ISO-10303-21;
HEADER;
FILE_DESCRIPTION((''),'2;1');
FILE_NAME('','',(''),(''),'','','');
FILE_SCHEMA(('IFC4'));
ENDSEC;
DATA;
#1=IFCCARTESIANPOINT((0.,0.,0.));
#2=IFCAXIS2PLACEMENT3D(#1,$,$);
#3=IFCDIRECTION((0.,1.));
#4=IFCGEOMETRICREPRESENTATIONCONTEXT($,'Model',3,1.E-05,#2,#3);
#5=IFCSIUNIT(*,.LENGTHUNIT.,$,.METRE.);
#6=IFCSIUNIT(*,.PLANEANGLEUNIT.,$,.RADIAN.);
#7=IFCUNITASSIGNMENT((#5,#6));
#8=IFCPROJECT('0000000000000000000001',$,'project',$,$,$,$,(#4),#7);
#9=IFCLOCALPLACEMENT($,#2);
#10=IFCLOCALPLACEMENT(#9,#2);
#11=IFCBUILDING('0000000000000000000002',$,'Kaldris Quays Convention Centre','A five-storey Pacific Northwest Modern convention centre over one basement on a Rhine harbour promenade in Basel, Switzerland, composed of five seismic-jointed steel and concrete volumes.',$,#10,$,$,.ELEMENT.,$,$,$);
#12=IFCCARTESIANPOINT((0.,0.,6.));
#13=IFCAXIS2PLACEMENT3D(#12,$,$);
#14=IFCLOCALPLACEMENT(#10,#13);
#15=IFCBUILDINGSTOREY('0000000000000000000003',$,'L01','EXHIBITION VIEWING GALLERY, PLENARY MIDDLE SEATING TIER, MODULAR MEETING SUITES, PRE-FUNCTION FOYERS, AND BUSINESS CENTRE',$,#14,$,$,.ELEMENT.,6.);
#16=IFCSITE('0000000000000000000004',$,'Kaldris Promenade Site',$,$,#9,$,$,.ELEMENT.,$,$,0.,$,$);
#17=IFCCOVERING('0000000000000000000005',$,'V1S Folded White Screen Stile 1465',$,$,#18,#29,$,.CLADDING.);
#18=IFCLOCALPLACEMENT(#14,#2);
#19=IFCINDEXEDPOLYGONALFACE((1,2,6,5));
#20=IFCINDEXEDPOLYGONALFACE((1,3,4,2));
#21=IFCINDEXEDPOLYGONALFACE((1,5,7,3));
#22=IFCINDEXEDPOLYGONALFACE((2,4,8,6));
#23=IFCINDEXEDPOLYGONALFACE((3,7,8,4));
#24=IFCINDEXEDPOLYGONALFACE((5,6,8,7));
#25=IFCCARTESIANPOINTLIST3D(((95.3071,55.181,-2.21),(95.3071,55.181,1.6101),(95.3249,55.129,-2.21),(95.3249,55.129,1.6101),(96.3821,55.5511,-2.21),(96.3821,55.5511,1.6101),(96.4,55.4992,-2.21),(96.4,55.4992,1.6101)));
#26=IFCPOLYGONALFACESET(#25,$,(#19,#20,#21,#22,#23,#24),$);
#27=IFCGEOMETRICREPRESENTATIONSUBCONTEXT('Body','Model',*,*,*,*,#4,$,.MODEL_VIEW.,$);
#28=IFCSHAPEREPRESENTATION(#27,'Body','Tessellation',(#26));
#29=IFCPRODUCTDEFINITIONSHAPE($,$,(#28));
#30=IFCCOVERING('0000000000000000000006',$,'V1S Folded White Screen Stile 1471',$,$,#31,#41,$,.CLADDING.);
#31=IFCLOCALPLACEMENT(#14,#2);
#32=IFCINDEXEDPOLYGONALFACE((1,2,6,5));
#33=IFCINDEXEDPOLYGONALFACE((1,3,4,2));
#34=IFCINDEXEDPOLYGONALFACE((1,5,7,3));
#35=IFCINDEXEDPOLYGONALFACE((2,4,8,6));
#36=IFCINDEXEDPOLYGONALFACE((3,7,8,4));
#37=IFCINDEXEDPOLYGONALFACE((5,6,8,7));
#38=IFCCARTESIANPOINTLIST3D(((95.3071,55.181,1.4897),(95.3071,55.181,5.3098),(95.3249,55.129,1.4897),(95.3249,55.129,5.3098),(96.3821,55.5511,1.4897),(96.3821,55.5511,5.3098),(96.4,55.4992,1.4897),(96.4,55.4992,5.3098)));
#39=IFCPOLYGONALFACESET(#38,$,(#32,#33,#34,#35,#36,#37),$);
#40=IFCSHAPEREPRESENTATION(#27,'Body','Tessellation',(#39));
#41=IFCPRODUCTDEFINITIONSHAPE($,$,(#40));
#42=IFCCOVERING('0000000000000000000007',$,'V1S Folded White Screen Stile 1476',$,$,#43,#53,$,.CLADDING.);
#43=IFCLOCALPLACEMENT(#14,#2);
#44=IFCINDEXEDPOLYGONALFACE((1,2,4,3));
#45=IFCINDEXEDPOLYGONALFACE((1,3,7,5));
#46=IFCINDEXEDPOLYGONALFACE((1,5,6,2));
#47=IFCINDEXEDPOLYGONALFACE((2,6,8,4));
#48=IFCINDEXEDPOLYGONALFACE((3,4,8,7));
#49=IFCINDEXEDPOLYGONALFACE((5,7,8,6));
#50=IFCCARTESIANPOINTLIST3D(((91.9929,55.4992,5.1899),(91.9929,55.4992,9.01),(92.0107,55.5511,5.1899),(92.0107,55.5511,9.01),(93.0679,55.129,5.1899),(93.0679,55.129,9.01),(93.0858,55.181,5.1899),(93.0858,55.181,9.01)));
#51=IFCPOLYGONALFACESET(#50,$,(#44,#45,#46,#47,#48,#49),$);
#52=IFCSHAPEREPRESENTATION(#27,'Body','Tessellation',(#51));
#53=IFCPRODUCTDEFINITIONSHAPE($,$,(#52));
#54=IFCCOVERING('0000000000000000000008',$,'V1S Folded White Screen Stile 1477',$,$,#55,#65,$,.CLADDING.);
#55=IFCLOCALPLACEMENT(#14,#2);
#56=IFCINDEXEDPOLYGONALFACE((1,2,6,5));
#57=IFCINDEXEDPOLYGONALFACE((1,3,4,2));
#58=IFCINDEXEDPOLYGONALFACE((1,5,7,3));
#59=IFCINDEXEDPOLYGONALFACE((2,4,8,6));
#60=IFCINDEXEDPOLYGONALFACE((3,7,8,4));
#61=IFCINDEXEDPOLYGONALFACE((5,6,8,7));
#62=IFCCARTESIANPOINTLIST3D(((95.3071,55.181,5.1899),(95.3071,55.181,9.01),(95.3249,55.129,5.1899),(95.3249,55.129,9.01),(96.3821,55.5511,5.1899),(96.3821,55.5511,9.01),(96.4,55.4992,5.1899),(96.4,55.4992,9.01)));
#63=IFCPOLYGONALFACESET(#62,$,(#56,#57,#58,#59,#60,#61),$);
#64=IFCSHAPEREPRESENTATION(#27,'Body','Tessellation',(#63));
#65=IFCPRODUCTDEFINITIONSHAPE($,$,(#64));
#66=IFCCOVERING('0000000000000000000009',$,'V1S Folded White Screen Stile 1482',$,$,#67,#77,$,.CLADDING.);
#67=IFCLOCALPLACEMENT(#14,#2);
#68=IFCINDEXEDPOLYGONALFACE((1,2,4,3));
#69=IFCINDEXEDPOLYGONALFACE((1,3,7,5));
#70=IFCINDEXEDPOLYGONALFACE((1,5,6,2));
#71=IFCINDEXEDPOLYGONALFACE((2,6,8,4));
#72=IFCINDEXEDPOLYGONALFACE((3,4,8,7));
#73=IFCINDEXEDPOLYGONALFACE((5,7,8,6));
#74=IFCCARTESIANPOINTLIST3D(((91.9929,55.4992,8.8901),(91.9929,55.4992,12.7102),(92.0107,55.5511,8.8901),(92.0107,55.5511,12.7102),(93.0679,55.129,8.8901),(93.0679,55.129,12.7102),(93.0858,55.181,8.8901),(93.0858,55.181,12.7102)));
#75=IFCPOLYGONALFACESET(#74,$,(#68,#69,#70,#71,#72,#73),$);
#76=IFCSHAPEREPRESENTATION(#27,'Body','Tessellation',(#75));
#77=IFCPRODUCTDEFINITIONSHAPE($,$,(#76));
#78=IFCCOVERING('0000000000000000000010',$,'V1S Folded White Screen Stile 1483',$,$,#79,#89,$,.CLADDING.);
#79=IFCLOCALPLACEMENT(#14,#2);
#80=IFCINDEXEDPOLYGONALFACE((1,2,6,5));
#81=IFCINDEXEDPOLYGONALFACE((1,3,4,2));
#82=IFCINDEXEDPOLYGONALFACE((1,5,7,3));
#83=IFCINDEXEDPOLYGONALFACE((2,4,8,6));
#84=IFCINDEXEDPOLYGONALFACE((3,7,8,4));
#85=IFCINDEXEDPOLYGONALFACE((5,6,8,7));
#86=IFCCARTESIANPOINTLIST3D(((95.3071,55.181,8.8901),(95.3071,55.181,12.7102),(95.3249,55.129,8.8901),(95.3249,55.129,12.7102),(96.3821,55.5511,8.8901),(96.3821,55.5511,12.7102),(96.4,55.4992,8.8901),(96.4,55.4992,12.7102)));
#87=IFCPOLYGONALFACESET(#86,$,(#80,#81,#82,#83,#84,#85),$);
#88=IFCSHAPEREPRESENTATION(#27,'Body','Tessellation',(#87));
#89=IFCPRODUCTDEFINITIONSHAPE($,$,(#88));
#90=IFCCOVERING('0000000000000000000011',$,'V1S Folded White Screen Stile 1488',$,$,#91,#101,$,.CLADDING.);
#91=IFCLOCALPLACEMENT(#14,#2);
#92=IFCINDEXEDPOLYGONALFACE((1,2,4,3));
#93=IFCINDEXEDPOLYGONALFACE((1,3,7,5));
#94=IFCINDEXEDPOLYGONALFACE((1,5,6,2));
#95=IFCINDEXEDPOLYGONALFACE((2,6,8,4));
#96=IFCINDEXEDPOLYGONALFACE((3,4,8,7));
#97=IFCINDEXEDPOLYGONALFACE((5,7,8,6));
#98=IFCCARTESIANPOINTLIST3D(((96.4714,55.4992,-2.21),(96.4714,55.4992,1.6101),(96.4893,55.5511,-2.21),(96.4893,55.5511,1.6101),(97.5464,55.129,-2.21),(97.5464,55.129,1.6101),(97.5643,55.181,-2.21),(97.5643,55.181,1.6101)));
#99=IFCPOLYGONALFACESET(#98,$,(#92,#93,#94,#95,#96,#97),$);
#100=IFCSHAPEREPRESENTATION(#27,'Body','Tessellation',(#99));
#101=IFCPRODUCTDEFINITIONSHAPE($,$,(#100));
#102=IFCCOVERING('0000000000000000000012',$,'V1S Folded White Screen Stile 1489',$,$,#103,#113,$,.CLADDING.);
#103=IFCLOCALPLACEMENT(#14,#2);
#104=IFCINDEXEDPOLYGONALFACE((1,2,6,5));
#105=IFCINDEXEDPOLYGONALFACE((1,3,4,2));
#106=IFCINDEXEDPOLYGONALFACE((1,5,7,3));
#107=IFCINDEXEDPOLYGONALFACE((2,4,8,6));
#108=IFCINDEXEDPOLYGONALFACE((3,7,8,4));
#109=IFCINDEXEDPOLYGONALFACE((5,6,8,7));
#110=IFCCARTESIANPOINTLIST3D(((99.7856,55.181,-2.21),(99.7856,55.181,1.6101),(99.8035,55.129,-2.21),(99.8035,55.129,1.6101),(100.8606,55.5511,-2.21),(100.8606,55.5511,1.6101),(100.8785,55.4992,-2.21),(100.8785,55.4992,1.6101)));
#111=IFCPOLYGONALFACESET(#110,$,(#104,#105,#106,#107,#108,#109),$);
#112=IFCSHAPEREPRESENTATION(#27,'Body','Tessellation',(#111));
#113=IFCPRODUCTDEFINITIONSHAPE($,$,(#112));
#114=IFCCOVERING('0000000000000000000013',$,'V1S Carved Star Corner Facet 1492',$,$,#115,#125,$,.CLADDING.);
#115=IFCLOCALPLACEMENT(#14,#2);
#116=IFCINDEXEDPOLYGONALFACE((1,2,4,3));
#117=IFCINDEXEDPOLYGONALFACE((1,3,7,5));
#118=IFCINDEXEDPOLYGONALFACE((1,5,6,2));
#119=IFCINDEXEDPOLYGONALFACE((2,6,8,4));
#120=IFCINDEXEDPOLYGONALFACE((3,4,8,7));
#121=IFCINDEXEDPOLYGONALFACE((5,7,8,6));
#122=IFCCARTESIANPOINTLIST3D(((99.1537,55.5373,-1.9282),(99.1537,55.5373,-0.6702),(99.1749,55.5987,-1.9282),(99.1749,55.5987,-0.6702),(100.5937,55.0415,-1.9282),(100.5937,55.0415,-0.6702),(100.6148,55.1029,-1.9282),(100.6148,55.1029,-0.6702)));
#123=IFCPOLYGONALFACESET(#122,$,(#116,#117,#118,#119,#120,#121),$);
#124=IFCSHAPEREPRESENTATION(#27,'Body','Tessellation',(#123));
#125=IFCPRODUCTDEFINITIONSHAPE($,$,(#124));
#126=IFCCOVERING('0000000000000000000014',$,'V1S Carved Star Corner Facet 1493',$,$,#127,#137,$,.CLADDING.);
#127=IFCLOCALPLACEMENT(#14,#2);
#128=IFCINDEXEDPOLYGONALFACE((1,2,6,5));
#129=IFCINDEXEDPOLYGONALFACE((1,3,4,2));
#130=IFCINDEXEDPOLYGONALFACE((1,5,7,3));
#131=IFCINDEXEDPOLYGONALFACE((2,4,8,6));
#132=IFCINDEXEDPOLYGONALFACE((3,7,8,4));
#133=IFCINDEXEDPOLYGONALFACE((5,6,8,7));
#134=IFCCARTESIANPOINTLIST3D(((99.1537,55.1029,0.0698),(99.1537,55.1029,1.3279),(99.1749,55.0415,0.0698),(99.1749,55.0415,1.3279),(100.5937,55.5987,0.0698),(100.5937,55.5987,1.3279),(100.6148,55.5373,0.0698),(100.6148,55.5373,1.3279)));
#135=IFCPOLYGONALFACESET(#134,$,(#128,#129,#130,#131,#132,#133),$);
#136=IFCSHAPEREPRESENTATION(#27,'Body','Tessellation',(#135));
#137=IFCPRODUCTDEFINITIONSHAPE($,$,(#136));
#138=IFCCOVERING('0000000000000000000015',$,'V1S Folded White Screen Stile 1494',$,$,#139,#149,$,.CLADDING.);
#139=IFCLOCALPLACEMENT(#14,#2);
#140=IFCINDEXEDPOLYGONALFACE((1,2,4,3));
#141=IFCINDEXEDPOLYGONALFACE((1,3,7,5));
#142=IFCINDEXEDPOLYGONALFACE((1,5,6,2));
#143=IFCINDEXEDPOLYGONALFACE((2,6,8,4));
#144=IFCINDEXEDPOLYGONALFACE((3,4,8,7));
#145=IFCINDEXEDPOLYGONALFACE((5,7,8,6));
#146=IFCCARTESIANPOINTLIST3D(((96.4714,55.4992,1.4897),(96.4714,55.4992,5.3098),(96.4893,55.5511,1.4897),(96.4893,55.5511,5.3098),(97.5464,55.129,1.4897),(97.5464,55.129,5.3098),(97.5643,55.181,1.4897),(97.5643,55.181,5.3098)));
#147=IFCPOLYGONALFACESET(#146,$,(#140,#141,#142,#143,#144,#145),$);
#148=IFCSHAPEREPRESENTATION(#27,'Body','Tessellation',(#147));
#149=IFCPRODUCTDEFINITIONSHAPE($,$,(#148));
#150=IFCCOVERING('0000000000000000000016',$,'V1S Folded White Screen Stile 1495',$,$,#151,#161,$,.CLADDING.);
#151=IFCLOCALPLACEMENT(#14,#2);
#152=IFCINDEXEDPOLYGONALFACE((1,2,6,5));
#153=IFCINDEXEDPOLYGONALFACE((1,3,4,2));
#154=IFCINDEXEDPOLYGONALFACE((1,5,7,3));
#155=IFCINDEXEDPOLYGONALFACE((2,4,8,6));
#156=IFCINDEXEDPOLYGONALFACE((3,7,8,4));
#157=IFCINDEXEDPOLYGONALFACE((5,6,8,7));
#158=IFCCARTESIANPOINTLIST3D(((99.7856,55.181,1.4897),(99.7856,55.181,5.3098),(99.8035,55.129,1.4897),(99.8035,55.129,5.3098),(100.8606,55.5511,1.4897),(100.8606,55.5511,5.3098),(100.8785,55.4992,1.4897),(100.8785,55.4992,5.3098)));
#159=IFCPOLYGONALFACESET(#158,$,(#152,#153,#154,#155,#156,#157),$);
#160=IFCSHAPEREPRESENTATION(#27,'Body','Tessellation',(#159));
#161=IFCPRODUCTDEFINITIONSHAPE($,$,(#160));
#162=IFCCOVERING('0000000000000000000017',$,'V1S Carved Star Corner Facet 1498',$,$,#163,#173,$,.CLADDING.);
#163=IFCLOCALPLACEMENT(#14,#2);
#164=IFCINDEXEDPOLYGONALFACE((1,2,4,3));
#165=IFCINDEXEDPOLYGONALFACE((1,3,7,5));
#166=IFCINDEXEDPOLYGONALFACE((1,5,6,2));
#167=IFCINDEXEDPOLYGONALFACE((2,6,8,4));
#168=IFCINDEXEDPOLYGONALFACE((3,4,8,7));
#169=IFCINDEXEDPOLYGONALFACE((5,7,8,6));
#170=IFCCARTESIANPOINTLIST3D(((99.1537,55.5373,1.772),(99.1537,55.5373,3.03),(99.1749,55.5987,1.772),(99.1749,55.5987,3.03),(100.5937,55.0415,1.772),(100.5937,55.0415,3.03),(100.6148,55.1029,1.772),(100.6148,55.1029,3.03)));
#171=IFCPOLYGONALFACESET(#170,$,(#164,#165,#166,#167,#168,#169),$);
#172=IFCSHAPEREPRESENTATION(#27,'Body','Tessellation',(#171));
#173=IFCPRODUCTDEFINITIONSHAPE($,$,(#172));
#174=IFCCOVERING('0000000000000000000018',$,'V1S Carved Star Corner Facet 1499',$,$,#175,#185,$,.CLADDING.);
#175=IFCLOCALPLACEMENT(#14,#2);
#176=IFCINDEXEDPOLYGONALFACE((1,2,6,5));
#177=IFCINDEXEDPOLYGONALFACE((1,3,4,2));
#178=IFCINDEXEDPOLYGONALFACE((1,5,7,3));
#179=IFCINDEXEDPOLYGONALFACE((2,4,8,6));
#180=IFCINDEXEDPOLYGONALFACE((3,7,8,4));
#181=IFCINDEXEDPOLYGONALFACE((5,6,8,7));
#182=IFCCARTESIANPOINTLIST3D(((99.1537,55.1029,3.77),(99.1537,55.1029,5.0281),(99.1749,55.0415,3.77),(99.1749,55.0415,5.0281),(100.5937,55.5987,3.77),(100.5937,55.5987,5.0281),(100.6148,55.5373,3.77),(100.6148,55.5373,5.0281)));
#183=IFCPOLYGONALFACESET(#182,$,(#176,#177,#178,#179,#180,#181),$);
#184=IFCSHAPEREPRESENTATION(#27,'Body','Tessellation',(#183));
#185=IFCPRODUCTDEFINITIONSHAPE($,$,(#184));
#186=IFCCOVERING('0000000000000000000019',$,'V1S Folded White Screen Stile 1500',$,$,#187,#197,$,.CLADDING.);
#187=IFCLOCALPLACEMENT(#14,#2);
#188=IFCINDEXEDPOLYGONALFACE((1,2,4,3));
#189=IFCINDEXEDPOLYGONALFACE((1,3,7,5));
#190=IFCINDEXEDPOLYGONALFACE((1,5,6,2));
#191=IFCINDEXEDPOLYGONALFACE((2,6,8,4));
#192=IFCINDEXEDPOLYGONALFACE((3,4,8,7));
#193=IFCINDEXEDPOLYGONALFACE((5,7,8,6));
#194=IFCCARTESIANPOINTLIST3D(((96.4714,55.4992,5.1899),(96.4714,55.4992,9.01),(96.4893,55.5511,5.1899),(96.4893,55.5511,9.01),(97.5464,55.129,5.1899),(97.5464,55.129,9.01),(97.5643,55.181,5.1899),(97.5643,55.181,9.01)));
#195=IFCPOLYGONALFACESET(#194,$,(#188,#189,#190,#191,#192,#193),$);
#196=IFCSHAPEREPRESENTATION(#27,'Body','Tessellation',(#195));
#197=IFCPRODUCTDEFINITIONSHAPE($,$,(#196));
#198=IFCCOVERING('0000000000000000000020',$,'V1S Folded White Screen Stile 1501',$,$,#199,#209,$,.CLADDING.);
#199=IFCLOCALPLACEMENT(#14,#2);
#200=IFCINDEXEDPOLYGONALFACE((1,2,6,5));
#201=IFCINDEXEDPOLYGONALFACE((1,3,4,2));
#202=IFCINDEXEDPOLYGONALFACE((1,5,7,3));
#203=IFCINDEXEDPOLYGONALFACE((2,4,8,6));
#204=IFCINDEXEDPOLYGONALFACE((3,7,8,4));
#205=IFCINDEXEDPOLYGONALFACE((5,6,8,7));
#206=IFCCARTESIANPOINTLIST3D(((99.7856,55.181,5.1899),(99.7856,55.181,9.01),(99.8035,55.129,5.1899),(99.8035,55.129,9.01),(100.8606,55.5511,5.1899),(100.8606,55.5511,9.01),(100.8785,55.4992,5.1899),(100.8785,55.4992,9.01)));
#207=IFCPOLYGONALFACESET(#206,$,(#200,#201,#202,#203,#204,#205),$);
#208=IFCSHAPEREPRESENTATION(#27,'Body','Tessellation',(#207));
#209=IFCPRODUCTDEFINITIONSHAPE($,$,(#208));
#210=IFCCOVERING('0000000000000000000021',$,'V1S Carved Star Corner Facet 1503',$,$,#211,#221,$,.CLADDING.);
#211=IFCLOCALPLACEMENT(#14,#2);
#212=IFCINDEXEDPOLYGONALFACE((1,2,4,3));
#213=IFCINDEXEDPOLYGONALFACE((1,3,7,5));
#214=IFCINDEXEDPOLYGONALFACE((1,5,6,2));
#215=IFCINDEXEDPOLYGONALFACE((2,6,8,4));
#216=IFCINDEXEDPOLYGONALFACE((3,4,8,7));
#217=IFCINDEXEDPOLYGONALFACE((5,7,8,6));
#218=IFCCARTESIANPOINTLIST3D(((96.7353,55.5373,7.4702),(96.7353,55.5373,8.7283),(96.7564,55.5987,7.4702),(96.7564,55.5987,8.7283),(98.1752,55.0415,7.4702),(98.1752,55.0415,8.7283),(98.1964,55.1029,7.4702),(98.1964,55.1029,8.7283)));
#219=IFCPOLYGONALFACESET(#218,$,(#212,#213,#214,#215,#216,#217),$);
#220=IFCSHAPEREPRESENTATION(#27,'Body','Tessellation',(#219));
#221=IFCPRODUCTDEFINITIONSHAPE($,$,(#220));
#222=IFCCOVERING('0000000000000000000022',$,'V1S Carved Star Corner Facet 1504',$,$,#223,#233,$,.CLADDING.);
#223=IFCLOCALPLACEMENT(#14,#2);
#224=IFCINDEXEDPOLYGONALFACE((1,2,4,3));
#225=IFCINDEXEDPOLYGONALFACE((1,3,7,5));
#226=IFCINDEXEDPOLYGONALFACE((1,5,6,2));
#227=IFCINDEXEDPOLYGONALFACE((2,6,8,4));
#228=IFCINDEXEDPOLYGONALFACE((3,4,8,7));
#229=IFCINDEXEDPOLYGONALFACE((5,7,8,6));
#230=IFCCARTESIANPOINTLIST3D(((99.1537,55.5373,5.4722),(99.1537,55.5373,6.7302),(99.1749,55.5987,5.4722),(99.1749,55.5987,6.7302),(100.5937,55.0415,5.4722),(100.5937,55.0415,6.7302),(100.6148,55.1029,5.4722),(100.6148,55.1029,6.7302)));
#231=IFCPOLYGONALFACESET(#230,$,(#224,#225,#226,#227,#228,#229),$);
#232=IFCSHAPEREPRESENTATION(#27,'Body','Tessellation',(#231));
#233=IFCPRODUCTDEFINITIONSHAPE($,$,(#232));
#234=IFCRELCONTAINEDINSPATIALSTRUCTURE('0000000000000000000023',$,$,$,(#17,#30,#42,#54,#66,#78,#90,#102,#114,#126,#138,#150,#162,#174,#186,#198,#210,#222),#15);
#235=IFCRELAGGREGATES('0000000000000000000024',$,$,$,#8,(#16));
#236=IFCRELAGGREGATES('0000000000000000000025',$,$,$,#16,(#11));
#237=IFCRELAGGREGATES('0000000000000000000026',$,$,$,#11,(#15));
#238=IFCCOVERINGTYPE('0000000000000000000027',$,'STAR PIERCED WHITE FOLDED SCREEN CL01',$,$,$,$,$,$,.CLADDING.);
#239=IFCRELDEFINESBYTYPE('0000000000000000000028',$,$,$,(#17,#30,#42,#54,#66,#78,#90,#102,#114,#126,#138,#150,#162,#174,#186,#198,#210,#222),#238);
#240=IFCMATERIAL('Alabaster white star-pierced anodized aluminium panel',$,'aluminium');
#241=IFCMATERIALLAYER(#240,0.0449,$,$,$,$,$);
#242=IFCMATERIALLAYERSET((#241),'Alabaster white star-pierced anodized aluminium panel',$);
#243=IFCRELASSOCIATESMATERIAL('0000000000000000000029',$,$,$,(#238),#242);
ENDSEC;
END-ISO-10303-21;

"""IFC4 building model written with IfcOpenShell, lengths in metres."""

from ifc_helpers import new_model, si_unit, direction, frame, origin, origin_2d, place, context, subcontext, project, spatial, rectangle, extrude, material, layer, layer_set, type_object, element, save


model = new_model("IFC4")

# Units and contexts
model_context = context("Model", 3, precision=1e-05, world=origin(), true_north=direction((0.0, 1.0)))
body_context = subcontext(model_context, "Body", "Model", "MODEL_VIEW")
ifc_project = project(units=[si_unit("LENGTHUNIT", "METRE"), si_unit("PLANEANGLEUNIT", "RADIAN")], contexts=[model_context])

# Site, building, storey
site_placement = place(None, origin())
site = spatial("IfcSite", under=ifc_project, at=site_placement, Name="Kaldris Promenade Site", CompositionType="ELEMENT", RefElevation=0.0)
building_placement = place(site_placement, origin())
building = spatial("IfcBuilding", under=site, at=building_placement, Name="Kaldris Quays Convention Centre", Description="A five-storey Pacific Northwest Modern convention centre over one basement on a Rhine harbour promenade in Basel, Switzerland, composed of five seismic-jointed steel and concrete volumes.", CompositionType="ELEMENT")
storey_placement = place(building_placement, frame((0.0, 0.0, 6.0)))
storey = spatial("IfcBuildingStorey", under=building, at=storey_placement, Name="L01", Description="EXHIBITION VIEWING GALLERY, PLENARY MIDDLE SEATING TIER, MODULAR MEETING SUITES, PRE-FUNCTION FOYERS, AND BUSINESS CENTRE", CompositionType="ELEMENT", Elevation=6.0)

# Coverings
ifc_material = material(Name="Alabaster white star-pierced anodized aluminium panel", Category="aluminium")
ifc_layer = layer(ifc_material, 0.0449)
ifc_layer_set = layer_set([ifc_layer], Name="Alabaster white star-pierced anodized aluminium panel")
covering_type = type_object("IfcCoveringType", Name="STAR PIERCED WHITE FOLDED SCREEN CL01", PredefinedType="CLADDING", material=ifc_layer_set)
for number, where, z_axis, x_axis, name in (
    (1, (95.8535, 55.3401, -2.21), (0.0, 0.0, 1.0), (0.945519, 0.325568, 0.0), "V1S Folded White Screen Stile 1465"),
    (2, (95.8535, 55.3401, 1.4897), (0.0, 0.0, 1.0), (0.945519, 0.325568, 0.0), "V1S Folded White Screen Stile 1471"),
    (3, (92.5393, 55.3401, 5.1899), (0.0, 0.0, 1.0), (0.945519, -0.325568, 0.0), "V1S Folded White Screen Stile 1476"),
    (4, (95.8535, 55.3401, 5.1899), (0.0, 0.0, 1.0), (0.945519, 0.325568, 0.0), "V1S Folded White Screen Stile 1477"),
    (5, (92.5393, 55.3401, 8.8901), (0.0, 0.0, 1.0), (0.945519, -0.325568, 0.0), "V1S Folded White Screen Stile 1482"),
    (6, (95.8535, 55.3401, 8.8901), (0.0, 0.0, 1.0), (0.945519, 0.325568, 0.0), "V1S Folded White Screen Stile 1483"),
    (7, (97.0178, 55.3401, -2.21), (0.0, 0.0, 1.0), (0.945519, -0.325568, 0.0), "V1S Folded White Screen Stile 1488"),
    (8, (100.332, 55.3401, -2.21), (0.0, 0.0, 1.0), (0.945519, 0.325568, 0.0), "V1S Folded White Screen Stile 1489"),
):
    element("IfcCovering", number, at=place(storey_placement, frame(where, z_axis=z_axis, x_axis=x_axis)), inside=storey, type_object=covering_type, Name=name, PredefinedType="CLADDING", context=body_context, shape_type="SweptSolid", body=[
        extrude(rectangle(XDim=1.137, YDim=0.0549, at=origin_2d()), origin(), (0.0, 0.0, 1.0), 3.8201),
    ])
for number, where, z_axis, x_axis, name in (
    (9, (99.8843, 55.3201, -1.9282), (0.0, 0.0, 1.0), (0.945519, -0.325568, 0.0), "V1S Carved Star Corner Facet 1492"),
    (10, (99.8843, 55.3201, 0.0698), (0.0, 0.0, 1.0), (0.945519, 0.325568, 0.0), "V1S Carved Star Corner Facet 1493"),
):
    element("IfcCovering", number, at=place(storey_placement, frame(where, z_axis=z_axis, x_axis=x_axis)), inside=storey, type_object=covering_type, Name=name, PredefinedType="CLADDING", context=body_context, shape_type="SweptSolid", body=[
        extrude(rectangle(XDim=1.5229, YDim=0.0649, at=origin_2d()), origin(), (0.0, 0.0, 1.0), 1.2581),
    ])
for number, where, z_axis, x_axis, name in (
    (11, (97.0178, 55.3401, 1.4897), (0.0, 0.0, 1.0), (0.945519, -0.325568, 0.0), "V1S Folded White Screen Stile 1494"),
    (12, (100.332, 55.3401, 1.4897), (0.0, 0.0, 1.0), (0.945519, 0.325568, 0.0), "V1S Folded White Screen Stile 1495"),
):
    element("IfcCovering", number, at=place(storey_placement, frame(where, z_axis=z_axis, x_axis=x_axis)), inside=storey, type_object=covering_type, Name=name, PredefinedType="CLADDING", context=body_context, shape_type="SweptSolid", body=[
        extrude(rectangle(XDim=1.137, YDim=0.0549, at=origin_2d()), origin(), (0.0, 0.0, 1.0), 3.8201),
    ])
for number, where, z_axis, x_axis, name in (
    (13, (99.8843, 55.3201, 1.772), (0.0, 0.0, 1.0), (0.945519, -0.325568, 0.0), "V1S Carved Star Corner Facet 1498"),
    (14, (99.8843, 55.3201, 3.77), (0.0, 0.0, 1.0), (0.945519, 0.325568, 0.0), "V1S Carved Star Corner Facet 1499"),
):
    element("IfcCovering", number, at=place(storey_placement, frame(where, z_axis=z_axis, x_axis=x_axis)), inside=storey, type_object=covering_type, Name=name, PredefinedType="CLADDING", context=body_context, shape_type="SweptSolid", body=[
        extrude(rectangle(XDim=1.5229, YDim=0.0649, at=origin_2d()), origin(), (0.0, 0.0, 1.0), 1.2581),
    ])
for number, where, z_axis, x_axis, name in (
    (15, (97.0178, 55.3401, 5.1899), (0.0, 0.0, 1.0), (0.945519, -0.325568, 0.0), "V1S Folded White Screen Stile 1500"),
    (16, (100.332, 55.3401, 5.1899), (0.0, 0.0, 1.0), (0.945519, 0.325568, 0.0), "V1S Folded White Screen Stile 1501"),
):
    element("IfcCovering", number, at=place(storey_placement, frame(where, z_axis=z_axis, x_axis=x_axis)), inside=storey, type_object=covering_type, Name=name, PredefinedType="CLADDING", context=body_context, shape_type="SweptSolid", body=[
        extrude(rectangle(XDim=1.137, YDim=0.0549, at=origin_2d()), origin(), (0.0, 0.0, 1.0), 3.8201),
    ])
for number, where, z_axis, x_axis, name in (
    (17, (97.4658, 55.3201, 7.4702), (0.0, 0.0, 1.0), (0.945519, -0.325568, 0.0), "V1S Carved Star Corner Facet 1503"),
    (18, (99.8843, 55.3201, 5.4722), (0.0, 0.0, 1.0), (0.945519, -0.325568, 0.0), "V1S Carved Star Corner Facet 1504"),
):
    element("IfcCovering", number, at=place(storey_placement, frame(where, z_axis=z_axis, x_axis=x_axis)), inside=storey, type_object=covering_type, Name=name, PredefinedType="CLADDING", context=body_context, shape_type="SweptSolid", body=[
        extrude(rectangle(XDim=1.5229, YDim=0.0649, at=origin_2d()), origin(), (0.0, 0.0, 1.0), 1.2581),
    ])

save(model, "model.ifc")
